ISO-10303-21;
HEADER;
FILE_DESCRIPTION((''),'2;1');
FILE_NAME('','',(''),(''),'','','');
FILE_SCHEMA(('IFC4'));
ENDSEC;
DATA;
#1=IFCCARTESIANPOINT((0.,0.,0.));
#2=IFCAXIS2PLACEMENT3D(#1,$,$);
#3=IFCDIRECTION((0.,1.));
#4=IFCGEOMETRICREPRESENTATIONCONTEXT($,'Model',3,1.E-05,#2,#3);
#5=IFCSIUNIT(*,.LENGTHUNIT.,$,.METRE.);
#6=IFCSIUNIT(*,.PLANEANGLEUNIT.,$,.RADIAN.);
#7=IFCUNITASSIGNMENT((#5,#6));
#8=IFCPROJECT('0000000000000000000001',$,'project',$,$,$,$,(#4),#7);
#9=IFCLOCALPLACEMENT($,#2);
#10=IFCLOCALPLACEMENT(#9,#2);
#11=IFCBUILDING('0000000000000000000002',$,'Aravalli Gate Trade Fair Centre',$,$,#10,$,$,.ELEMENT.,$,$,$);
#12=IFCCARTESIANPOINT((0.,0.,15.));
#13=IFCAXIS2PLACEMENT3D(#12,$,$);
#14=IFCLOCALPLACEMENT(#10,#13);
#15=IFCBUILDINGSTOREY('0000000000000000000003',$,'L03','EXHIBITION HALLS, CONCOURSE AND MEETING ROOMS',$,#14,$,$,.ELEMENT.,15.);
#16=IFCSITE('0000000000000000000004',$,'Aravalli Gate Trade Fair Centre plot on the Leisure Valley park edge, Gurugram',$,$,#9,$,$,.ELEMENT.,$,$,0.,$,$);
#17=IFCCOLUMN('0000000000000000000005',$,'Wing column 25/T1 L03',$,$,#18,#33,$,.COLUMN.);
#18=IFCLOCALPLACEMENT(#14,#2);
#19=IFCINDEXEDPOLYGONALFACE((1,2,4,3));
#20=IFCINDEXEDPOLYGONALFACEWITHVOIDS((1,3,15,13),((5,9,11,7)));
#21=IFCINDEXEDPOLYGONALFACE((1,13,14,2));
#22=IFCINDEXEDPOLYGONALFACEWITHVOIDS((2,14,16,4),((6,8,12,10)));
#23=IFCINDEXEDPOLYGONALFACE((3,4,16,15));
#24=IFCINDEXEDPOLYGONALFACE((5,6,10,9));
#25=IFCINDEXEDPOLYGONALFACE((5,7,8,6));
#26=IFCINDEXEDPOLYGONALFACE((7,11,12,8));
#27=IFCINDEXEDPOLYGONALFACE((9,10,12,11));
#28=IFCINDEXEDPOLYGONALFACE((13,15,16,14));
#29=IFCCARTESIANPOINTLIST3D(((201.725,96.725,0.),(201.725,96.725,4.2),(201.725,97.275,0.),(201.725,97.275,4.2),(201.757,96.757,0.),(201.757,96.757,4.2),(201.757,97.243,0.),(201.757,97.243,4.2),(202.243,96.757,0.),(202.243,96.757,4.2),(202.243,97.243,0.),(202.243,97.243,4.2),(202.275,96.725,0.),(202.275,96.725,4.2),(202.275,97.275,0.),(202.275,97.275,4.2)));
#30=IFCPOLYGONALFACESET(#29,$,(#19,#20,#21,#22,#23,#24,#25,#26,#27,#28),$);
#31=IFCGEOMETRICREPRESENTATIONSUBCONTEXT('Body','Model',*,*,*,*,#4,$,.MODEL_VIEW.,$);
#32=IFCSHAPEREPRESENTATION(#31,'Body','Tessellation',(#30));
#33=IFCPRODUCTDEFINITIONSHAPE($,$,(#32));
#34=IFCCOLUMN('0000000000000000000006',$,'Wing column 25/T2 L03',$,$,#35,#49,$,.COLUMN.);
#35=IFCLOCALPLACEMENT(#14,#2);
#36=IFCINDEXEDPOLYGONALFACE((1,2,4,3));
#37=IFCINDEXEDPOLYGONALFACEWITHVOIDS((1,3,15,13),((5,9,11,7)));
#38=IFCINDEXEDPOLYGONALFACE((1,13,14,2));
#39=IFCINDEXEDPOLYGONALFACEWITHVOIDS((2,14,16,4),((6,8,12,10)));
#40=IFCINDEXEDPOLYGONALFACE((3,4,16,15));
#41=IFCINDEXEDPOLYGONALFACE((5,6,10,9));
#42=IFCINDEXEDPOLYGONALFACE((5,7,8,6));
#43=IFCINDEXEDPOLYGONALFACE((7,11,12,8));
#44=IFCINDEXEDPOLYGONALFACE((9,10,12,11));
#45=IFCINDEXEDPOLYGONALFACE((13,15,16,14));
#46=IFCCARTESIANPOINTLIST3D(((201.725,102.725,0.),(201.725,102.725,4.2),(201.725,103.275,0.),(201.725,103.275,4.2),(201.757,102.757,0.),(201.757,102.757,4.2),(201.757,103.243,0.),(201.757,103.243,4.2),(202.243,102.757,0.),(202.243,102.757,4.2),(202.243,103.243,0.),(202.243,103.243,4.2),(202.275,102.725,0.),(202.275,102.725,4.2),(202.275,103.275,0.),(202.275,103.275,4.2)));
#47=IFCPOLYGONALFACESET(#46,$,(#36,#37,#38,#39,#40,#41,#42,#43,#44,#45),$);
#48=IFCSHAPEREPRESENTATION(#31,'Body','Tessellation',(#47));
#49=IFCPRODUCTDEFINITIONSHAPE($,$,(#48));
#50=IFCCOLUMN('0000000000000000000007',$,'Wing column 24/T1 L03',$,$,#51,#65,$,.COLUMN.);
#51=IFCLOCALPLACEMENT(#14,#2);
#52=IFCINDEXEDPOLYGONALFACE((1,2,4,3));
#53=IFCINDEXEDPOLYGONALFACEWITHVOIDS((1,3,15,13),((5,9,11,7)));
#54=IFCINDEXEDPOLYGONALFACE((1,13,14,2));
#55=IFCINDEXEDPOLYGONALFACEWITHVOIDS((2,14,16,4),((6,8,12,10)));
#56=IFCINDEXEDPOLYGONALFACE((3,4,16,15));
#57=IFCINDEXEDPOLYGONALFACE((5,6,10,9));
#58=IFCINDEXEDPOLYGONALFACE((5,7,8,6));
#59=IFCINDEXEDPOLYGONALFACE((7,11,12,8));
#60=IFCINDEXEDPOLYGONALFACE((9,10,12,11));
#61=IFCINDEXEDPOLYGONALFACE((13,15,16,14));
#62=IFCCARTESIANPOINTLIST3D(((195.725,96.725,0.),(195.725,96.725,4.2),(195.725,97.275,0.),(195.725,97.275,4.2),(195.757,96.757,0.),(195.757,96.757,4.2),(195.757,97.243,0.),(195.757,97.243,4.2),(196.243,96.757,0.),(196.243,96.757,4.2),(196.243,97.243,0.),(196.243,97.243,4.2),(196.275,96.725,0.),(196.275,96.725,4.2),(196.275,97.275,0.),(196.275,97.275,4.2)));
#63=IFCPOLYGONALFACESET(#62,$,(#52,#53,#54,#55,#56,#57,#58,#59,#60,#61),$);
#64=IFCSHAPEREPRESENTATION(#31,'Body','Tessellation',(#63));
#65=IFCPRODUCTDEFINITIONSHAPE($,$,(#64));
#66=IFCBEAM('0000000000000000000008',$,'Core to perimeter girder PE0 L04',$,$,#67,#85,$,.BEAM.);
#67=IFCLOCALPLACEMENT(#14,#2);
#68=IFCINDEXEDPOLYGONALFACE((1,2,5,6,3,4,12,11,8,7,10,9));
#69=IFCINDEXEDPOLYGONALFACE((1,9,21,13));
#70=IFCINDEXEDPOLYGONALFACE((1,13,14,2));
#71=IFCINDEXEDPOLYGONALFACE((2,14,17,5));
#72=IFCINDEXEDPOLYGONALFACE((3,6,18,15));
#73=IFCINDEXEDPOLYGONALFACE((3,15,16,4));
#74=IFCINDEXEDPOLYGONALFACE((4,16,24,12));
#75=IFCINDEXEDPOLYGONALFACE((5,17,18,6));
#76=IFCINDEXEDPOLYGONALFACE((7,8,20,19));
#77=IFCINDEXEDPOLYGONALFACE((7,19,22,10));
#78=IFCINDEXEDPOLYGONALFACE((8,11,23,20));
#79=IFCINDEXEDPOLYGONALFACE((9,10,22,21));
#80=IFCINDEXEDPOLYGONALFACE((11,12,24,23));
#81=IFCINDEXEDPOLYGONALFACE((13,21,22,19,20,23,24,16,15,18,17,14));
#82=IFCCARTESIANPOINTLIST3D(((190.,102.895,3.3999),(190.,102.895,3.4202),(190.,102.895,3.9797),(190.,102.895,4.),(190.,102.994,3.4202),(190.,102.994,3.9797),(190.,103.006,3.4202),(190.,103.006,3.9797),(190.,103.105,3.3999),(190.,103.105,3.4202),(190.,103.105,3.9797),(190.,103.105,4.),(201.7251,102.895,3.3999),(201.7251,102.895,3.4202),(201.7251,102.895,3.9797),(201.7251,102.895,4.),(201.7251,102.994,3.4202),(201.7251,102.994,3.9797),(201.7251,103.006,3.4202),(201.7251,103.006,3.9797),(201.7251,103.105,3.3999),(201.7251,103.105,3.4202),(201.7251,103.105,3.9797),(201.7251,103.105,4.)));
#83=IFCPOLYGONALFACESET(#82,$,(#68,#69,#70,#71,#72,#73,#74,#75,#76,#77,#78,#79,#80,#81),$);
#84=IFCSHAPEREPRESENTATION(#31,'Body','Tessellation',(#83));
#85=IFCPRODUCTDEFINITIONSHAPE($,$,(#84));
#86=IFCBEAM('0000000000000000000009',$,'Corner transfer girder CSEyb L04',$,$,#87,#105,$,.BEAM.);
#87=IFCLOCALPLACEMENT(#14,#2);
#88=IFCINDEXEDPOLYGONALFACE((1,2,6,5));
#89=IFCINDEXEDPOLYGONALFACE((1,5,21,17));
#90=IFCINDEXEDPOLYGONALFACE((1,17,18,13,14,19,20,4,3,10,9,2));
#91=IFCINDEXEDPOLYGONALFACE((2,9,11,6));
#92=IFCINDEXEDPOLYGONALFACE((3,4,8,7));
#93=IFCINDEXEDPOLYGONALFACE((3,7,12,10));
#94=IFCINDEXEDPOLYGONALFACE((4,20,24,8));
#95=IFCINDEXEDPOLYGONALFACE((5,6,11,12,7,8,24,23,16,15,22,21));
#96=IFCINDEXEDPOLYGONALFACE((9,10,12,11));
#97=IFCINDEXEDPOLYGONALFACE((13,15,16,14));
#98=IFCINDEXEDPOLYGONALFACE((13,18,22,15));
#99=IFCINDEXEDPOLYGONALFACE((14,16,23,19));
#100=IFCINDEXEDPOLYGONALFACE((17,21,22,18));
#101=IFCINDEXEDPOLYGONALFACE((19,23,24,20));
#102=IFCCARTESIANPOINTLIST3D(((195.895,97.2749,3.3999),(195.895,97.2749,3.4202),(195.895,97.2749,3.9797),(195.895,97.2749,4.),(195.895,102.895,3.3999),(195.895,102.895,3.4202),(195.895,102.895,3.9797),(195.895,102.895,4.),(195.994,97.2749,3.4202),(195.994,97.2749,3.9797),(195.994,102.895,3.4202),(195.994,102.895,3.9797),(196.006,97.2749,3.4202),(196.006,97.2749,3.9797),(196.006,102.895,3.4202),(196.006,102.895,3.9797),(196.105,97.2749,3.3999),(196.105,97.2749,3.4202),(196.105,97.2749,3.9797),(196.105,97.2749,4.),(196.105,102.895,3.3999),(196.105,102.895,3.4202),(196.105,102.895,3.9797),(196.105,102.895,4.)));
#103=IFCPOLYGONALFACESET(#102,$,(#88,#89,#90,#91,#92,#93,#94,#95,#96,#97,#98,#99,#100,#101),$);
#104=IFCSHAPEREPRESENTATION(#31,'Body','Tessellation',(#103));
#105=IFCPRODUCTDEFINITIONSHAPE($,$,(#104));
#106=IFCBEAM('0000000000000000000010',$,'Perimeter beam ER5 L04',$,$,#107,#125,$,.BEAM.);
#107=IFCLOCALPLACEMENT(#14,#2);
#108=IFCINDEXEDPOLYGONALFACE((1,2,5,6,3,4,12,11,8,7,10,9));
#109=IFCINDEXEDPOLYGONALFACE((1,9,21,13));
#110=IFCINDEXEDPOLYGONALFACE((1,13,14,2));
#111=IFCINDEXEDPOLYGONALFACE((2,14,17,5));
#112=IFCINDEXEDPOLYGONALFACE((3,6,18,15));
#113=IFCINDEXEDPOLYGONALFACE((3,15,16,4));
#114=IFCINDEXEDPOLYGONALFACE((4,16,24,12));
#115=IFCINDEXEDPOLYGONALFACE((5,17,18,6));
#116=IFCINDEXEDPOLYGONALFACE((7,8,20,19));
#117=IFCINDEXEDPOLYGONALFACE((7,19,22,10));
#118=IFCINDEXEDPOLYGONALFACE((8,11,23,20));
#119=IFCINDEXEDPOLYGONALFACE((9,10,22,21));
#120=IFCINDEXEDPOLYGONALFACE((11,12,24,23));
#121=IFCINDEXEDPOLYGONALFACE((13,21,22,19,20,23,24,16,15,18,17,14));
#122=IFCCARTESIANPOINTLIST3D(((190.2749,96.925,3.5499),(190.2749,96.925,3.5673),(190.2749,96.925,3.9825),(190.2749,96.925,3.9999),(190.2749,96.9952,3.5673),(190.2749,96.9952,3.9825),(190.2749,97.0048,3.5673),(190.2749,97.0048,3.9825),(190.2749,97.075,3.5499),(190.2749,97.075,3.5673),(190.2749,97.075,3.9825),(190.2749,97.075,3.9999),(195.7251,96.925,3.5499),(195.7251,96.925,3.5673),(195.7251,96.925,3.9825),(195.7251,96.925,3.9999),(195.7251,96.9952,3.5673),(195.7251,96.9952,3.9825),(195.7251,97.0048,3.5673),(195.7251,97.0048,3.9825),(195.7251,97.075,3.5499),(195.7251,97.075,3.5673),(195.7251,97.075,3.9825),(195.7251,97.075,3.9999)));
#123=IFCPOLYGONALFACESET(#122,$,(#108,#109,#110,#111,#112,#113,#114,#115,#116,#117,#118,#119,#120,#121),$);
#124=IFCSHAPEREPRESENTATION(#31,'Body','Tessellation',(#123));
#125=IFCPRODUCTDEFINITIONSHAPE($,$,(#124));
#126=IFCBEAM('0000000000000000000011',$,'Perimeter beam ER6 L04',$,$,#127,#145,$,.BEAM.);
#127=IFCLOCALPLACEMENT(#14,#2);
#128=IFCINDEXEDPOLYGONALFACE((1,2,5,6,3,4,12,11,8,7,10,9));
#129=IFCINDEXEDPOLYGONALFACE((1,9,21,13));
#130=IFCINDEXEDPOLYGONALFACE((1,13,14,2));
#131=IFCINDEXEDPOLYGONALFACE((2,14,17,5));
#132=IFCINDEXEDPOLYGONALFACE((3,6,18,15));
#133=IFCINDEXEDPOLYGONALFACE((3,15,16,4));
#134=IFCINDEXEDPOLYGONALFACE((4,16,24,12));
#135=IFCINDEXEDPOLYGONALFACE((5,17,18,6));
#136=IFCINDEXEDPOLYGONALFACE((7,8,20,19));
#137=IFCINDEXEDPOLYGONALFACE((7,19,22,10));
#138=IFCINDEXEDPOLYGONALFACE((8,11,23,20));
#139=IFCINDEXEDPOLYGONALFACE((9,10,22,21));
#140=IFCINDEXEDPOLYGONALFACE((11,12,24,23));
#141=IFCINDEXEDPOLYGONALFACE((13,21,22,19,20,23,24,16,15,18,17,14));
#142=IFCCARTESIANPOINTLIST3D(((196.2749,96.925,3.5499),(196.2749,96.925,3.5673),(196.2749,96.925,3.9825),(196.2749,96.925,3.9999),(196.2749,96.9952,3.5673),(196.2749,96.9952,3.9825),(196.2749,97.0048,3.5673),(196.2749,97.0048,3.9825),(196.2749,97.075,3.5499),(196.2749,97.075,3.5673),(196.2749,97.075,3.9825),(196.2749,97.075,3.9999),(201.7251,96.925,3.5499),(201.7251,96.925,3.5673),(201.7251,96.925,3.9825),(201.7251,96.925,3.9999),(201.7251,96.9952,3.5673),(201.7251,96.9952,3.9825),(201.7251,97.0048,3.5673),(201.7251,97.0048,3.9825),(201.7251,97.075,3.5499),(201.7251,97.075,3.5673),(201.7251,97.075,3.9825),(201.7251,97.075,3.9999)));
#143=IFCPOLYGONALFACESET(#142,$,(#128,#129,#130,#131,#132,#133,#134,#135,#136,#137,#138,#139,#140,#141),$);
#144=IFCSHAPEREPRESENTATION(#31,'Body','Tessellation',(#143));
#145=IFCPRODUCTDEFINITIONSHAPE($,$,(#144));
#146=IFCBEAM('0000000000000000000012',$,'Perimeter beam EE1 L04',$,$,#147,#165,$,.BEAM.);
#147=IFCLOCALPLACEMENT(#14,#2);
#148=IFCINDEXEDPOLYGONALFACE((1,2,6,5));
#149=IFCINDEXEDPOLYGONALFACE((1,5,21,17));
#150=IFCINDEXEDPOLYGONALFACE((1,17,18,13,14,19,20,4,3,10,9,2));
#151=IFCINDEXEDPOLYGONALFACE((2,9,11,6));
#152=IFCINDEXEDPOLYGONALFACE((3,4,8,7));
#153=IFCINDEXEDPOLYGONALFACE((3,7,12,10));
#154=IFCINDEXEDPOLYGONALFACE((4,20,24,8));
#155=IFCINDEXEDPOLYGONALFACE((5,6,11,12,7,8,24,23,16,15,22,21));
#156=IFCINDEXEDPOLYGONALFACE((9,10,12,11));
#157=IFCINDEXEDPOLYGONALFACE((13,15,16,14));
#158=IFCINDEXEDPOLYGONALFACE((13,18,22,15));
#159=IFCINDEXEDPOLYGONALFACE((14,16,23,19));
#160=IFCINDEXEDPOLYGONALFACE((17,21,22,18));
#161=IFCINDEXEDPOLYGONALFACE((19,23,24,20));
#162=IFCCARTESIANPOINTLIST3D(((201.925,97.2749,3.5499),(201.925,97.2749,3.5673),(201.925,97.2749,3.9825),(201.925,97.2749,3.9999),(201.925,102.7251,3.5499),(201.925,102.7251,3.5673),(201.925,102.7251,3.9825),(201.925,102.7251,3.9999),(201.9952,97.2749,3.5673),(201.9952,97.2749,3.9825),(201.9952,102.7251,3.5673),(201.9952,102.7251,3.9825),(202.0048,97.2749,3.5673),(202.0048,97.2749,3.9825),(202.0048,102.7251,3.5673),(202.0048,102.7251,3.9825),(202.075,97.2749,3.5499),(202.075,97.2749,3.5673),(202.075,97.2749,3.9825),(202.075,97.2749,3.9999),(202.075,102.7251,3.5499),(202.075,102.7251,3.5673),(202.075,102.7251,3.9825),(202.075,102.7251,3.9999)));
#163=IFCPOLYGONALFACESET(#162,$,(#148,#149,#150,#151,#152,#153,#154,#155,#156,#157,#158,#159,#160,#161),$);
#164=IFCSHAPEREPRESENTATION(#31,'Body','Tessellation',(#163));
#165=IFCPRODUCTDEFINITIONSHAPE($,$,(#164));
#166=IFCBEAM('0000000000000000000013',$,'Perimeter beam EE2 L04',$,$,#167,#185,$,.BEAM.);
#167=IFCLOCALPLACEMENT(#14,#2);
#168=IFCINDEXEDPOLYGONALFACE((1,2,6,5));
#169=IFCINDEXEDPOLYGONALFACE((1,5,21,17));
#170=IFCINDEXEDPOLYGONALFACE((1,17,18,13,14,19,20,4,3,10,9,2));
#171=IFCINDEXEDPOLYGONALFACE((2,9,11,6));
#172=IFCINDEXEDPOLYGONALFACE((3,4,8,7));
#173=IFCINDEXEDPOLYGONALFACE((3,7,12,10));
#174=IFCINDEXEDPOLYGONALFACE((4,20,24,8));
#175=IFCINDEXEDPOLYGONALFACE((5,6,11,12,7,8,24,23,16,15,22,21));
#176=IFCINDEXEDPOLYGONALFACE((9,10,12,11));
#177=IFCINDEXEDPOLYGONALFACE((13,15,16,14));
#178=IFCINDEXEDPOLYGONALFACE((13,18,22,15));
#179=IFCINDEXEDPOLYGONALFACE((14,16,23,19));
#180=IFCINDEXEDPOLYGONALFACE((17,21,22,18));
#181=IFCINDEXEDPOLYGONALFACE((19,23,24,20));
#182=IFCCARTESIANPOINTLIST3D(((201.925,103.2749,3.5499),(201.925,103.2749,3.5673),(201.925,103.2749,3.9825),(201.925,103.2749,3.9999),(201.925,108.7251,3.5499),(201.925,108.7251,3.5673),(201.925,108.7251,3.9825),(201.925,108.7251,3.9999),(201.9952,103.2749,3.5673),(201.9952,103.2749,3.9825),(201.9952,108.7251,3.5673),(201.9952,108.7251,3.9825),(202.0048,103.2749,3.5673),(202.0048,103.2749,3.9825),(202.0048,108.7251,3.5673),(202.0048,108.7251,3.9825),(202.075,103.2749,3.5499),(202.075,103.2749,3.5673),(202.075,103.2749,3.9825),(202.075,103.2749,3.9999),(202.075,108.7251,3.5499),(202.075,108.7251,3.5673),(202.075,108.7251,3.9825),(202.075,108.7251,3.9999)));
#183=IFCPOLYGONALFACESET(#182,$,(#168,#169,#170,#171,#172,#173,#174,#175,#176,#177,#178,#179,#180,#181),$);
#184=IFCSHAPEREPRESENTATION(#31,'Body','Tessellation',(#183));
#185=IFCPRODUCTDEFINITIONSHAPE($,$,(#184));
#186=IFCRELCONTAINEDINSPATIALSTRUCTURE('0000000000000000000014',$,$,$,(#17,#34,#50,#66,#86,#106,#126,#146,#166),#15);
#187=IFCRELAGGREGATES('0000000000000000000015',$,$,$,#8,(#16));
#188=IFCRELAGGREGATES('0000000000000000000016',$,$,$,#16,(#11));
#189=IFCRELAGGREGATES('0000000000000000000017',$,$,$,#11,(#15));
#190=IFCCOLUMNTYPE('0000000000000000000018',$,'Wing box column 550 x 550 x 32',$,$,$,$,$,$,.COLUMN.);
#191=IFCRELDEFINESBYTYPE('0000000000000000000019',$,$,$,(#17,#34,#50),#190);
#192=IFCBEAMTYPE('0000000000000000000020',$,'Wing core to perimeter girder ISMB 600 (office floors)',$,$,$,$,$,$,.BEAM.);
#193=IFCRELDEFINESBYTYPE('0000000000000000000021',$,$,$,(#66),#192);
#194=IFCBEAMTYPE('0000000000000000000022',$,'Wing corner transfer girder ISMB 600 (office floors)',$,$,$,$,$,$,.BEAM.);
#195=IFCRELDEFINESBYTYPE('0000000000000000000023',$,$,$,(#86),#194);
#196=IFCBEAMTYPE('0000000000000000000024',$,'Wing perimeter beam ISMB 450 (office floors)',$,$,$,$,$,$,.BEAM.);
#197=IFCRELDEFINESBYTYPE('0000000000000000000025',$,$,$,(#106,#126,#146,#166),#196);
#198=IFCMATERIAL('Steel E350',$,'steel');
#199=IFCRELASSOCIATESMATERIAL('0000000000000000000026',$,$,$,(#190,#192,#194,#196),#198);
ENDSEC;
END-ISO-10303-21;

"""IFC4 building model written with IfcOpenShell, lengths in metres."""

from ifc_helpers import new_model, si_unit, direction, frame, origin, origin_2d, place, context, subcontext, project, spatial, hollow_rectangle, i_section, extrude, material, material_profile, profile_set, type_object, element, save


model = new_model("IFC4")

# Units and contexts
model_context = context("Model", 3, precision=1e-05, world=origin(), true_north=direction((0.0, 1.0)))
body_context = subcontext(model_context, "Body", "Model", "MODEL_VIEW")
ifc_project = project(units=[si_unit("LENGTHUNIT", "METRE"), si_unit("PLANEANGLEUNIT", "RADIAN")], contexts=[model_context])

# Site, building, storey
site_placement = place(None, origin())
site = spatial("IfcSite", under=ifc_project, at=site_placement, Name="Aravalli Gate Trade Fair Centre plot on the Leisure Valley park edge, Gurugram", CompositionType="ELEMENT", RefElevation=0.0)
building_placement = place(site_placement, origin())
building = spatial("IfcBuilding", under=site, at=building_placement, Name="Aravalli Gate Trade Fair Centre", CompositionType="ELEMENT")
storey_placement = place(building_placement, frame((0.0, 0.0, 15.0)))
storey = spatial("IfcBuildingStorey", under=building, at=storey_placement, Name="L03", Description="EXHIBITION HALLS, CONCOURSE AND MEETING ROOMS", CompositionType="ELEMENT", Elevation=15.0)

# Columns
ifc_material_1 = material(Name="Steel E350", Category="steel")
ifc_material_profile_1 = material_profile(ifc_material_1, hollow_rectangle(XDim=0.55, YDim=0.55, WallThickness=0.032, at=origin_2d()), Name="BOX 550x550x32")
ifc_profile_set_1 = profile_set([ifc_material_profile_1], Name="Steel E350")
column_type = type_object("IfcColumnType", Name="Wing box column 550 x 550 x 32", PredefinedType="COLUMN", material=ifc_profile_set_1)
for number, where, z_axis, x_axis, name in (
    (1, (202.0, 97.0, 0.0), (0.0, 0.0, 1.0), (1.0, 0.0, 0.0), "Wing column 25/T1 L03"),
    (2, (202.0, 103.0, 0.0), (0.0, 0.0, 1.0), (1.0, 0.0, 0.0), "Wing column 25/T2 L03"),
    (3, (196.0, 97.0, 0.0), (0.0, 0.0, 1.0), (1.0, 0.0, 0.0), "Wing column 24/T1 L03"),
):
    element("IfcColumn", number, at=place(storey_placement, frame(where, z_axis=z_axis, x_axis=x_axis)), inside=storey, type_object=column_type, Name=name, PredefinedType="COLUMN", context=body_context, shape_type="SweptSolid", body=[
        extrude(hollow_rectangle(XDim=0.55, YDim=0.55, WallThickness=0.032, at=origin_2d()), origin(), (0.0, 0.0, 1.0), 4.2),
    ])

# Beams
ifc_material_profile_2 = material_profile(ifc_material_1, i_section(OverallWidth=0.21, OverallDepth=0.6001, WebThickness=0.012, FlangeThickness=0.0203, at=origin_2d()), Name="ISMB 600")
ifc_profile_set_2 = profile_set([ifc_material_profile_2], Name="Steel E350")
beam_type_1 = type_object("IfcBeamType", Name="Wing core to perimeter girder ISMB 600 (office floors)", PredefinedType="BEAM", material=ifc_profile_set_2)
beam_1_placement = place(storey_placement, frame((190.0, 103.0, 3.7), z_axis=(1.0, 0.0, 0.0), x_axis=(0.0, 1.0, 0.0)))
element("IfcBeam", 4, at=beam_1_placement, inside=storey, type_object=beam_type_1, Name="Core to perimeter girder PE0 L04", PredefinedType="BEAM", context=body_context, shape_type="SweptSolid", body=[
    extrude(i_section(OverallWidth=0.21, OverallDepth=0.6001, WebThickness=0.012, FlangeThickness=0.0203, at=origin_2d()), origin(), (0.0, 0.0, 1.0), 11.7251),
])
ifc_material_profile_3 = material_profile(ifc_material_1, i_section(OverallWidth=0.21, OverallDepth=0.6001, WebThickness=0.012, FlangeThickness=0.0203, at=origin_2d()), Name="ISMB 600")
ifc_profile_set_3 = profile_set([ifc_material_profile_3], Name="Steel E350")
beam_type_2 = type_object("IfcBeamType", Name="Wing corner transfer girder ISMB 600 (office floors)", PredefinedType="BEAM", material=ifc_profile_set_3)
beam_2_placement = place(storey_placement, frame((196.0, 97.2749, 3.7), z_axis=(0.0, 1.0, 0.0), x_axis=(-1.0, 0.0, 0.0)))
element("IfcBeam", 5, at=beam_2_placement, inside=storey, type_object=beam_type_2, Name="Corner transfer girder CSEyb L04", PredefinedType="BEAM", context=body_context, shape_type="SweptSolid", body=[
    extrude(i_section(OverallWidth=0.21, OverallDepth=0.6001, WebThickness=0.012, FlangeThickness=0.0203, at=origin_2d()), origin(), (0.0, 0.0, 1.0), 5.6201),
])
ifc_material_profile_4 = material_profile(ifc_material_1, i_section(OverallWidth=0.1499, OverallDepth=0.45, WebThickness=0.0095, FlangeThickness=0.0173, at=origin_2d()), Name="ISMB 450")
ifc_profile_set_4 = profile_set([ifc_material_profile_4], Name="Steel E350")
beam_type_3 = type_object("IfcBeamType", Name="Wing perimeter beam ISMB 450 (office floors)", PredefinedType="BEAM", material=ifc_profile_set_4)
for number, where, z_axis, x_axis, name in (
    (6, (190.2749, 97.0, 3.7749), (1.0, 0.0, 0.0), (0.0, 1.0, 0.0), "Perimeter beam ER5 L04"),
    (7, (196.2749, 97.0, 3.7749), (1.0, 0.0, 0.0), (0.0, 1.0, 0.0), "Perimeter beam ER6 L04"),
    (8, (202.0, 97.2749, 3.7749), (0.0, 1.0, 0.0), (-1.0, 0.0, 0.0), "Perimeter beam EE1 L04"),
    (9, (202.0, 103.2749, 3.7749), (0.0, 1.0, 0.0), (-1.0, 0.0, 0.0), "Perimeter beam EE2 L04"),
):
    element("IfcBeam", number, at=place(storey_placement, frame(where, z_axis=z_axis, x_axis=x_axis)), inside=storey, type_object=beam_type_3, Name=name, PredefinedType="BEAM", context=body_context, shape_type="SweptSolid", body=[
        extrude(i_section(OverallWidth=0.1499, OverallDepth=0.45, WebThickness=0.0095, FlangeThickness=0.0173, at=origin_2d()), origin(), (0.0, 0.0, 1.0), 5.4502),
    ])

save(model, "model.ifc")
